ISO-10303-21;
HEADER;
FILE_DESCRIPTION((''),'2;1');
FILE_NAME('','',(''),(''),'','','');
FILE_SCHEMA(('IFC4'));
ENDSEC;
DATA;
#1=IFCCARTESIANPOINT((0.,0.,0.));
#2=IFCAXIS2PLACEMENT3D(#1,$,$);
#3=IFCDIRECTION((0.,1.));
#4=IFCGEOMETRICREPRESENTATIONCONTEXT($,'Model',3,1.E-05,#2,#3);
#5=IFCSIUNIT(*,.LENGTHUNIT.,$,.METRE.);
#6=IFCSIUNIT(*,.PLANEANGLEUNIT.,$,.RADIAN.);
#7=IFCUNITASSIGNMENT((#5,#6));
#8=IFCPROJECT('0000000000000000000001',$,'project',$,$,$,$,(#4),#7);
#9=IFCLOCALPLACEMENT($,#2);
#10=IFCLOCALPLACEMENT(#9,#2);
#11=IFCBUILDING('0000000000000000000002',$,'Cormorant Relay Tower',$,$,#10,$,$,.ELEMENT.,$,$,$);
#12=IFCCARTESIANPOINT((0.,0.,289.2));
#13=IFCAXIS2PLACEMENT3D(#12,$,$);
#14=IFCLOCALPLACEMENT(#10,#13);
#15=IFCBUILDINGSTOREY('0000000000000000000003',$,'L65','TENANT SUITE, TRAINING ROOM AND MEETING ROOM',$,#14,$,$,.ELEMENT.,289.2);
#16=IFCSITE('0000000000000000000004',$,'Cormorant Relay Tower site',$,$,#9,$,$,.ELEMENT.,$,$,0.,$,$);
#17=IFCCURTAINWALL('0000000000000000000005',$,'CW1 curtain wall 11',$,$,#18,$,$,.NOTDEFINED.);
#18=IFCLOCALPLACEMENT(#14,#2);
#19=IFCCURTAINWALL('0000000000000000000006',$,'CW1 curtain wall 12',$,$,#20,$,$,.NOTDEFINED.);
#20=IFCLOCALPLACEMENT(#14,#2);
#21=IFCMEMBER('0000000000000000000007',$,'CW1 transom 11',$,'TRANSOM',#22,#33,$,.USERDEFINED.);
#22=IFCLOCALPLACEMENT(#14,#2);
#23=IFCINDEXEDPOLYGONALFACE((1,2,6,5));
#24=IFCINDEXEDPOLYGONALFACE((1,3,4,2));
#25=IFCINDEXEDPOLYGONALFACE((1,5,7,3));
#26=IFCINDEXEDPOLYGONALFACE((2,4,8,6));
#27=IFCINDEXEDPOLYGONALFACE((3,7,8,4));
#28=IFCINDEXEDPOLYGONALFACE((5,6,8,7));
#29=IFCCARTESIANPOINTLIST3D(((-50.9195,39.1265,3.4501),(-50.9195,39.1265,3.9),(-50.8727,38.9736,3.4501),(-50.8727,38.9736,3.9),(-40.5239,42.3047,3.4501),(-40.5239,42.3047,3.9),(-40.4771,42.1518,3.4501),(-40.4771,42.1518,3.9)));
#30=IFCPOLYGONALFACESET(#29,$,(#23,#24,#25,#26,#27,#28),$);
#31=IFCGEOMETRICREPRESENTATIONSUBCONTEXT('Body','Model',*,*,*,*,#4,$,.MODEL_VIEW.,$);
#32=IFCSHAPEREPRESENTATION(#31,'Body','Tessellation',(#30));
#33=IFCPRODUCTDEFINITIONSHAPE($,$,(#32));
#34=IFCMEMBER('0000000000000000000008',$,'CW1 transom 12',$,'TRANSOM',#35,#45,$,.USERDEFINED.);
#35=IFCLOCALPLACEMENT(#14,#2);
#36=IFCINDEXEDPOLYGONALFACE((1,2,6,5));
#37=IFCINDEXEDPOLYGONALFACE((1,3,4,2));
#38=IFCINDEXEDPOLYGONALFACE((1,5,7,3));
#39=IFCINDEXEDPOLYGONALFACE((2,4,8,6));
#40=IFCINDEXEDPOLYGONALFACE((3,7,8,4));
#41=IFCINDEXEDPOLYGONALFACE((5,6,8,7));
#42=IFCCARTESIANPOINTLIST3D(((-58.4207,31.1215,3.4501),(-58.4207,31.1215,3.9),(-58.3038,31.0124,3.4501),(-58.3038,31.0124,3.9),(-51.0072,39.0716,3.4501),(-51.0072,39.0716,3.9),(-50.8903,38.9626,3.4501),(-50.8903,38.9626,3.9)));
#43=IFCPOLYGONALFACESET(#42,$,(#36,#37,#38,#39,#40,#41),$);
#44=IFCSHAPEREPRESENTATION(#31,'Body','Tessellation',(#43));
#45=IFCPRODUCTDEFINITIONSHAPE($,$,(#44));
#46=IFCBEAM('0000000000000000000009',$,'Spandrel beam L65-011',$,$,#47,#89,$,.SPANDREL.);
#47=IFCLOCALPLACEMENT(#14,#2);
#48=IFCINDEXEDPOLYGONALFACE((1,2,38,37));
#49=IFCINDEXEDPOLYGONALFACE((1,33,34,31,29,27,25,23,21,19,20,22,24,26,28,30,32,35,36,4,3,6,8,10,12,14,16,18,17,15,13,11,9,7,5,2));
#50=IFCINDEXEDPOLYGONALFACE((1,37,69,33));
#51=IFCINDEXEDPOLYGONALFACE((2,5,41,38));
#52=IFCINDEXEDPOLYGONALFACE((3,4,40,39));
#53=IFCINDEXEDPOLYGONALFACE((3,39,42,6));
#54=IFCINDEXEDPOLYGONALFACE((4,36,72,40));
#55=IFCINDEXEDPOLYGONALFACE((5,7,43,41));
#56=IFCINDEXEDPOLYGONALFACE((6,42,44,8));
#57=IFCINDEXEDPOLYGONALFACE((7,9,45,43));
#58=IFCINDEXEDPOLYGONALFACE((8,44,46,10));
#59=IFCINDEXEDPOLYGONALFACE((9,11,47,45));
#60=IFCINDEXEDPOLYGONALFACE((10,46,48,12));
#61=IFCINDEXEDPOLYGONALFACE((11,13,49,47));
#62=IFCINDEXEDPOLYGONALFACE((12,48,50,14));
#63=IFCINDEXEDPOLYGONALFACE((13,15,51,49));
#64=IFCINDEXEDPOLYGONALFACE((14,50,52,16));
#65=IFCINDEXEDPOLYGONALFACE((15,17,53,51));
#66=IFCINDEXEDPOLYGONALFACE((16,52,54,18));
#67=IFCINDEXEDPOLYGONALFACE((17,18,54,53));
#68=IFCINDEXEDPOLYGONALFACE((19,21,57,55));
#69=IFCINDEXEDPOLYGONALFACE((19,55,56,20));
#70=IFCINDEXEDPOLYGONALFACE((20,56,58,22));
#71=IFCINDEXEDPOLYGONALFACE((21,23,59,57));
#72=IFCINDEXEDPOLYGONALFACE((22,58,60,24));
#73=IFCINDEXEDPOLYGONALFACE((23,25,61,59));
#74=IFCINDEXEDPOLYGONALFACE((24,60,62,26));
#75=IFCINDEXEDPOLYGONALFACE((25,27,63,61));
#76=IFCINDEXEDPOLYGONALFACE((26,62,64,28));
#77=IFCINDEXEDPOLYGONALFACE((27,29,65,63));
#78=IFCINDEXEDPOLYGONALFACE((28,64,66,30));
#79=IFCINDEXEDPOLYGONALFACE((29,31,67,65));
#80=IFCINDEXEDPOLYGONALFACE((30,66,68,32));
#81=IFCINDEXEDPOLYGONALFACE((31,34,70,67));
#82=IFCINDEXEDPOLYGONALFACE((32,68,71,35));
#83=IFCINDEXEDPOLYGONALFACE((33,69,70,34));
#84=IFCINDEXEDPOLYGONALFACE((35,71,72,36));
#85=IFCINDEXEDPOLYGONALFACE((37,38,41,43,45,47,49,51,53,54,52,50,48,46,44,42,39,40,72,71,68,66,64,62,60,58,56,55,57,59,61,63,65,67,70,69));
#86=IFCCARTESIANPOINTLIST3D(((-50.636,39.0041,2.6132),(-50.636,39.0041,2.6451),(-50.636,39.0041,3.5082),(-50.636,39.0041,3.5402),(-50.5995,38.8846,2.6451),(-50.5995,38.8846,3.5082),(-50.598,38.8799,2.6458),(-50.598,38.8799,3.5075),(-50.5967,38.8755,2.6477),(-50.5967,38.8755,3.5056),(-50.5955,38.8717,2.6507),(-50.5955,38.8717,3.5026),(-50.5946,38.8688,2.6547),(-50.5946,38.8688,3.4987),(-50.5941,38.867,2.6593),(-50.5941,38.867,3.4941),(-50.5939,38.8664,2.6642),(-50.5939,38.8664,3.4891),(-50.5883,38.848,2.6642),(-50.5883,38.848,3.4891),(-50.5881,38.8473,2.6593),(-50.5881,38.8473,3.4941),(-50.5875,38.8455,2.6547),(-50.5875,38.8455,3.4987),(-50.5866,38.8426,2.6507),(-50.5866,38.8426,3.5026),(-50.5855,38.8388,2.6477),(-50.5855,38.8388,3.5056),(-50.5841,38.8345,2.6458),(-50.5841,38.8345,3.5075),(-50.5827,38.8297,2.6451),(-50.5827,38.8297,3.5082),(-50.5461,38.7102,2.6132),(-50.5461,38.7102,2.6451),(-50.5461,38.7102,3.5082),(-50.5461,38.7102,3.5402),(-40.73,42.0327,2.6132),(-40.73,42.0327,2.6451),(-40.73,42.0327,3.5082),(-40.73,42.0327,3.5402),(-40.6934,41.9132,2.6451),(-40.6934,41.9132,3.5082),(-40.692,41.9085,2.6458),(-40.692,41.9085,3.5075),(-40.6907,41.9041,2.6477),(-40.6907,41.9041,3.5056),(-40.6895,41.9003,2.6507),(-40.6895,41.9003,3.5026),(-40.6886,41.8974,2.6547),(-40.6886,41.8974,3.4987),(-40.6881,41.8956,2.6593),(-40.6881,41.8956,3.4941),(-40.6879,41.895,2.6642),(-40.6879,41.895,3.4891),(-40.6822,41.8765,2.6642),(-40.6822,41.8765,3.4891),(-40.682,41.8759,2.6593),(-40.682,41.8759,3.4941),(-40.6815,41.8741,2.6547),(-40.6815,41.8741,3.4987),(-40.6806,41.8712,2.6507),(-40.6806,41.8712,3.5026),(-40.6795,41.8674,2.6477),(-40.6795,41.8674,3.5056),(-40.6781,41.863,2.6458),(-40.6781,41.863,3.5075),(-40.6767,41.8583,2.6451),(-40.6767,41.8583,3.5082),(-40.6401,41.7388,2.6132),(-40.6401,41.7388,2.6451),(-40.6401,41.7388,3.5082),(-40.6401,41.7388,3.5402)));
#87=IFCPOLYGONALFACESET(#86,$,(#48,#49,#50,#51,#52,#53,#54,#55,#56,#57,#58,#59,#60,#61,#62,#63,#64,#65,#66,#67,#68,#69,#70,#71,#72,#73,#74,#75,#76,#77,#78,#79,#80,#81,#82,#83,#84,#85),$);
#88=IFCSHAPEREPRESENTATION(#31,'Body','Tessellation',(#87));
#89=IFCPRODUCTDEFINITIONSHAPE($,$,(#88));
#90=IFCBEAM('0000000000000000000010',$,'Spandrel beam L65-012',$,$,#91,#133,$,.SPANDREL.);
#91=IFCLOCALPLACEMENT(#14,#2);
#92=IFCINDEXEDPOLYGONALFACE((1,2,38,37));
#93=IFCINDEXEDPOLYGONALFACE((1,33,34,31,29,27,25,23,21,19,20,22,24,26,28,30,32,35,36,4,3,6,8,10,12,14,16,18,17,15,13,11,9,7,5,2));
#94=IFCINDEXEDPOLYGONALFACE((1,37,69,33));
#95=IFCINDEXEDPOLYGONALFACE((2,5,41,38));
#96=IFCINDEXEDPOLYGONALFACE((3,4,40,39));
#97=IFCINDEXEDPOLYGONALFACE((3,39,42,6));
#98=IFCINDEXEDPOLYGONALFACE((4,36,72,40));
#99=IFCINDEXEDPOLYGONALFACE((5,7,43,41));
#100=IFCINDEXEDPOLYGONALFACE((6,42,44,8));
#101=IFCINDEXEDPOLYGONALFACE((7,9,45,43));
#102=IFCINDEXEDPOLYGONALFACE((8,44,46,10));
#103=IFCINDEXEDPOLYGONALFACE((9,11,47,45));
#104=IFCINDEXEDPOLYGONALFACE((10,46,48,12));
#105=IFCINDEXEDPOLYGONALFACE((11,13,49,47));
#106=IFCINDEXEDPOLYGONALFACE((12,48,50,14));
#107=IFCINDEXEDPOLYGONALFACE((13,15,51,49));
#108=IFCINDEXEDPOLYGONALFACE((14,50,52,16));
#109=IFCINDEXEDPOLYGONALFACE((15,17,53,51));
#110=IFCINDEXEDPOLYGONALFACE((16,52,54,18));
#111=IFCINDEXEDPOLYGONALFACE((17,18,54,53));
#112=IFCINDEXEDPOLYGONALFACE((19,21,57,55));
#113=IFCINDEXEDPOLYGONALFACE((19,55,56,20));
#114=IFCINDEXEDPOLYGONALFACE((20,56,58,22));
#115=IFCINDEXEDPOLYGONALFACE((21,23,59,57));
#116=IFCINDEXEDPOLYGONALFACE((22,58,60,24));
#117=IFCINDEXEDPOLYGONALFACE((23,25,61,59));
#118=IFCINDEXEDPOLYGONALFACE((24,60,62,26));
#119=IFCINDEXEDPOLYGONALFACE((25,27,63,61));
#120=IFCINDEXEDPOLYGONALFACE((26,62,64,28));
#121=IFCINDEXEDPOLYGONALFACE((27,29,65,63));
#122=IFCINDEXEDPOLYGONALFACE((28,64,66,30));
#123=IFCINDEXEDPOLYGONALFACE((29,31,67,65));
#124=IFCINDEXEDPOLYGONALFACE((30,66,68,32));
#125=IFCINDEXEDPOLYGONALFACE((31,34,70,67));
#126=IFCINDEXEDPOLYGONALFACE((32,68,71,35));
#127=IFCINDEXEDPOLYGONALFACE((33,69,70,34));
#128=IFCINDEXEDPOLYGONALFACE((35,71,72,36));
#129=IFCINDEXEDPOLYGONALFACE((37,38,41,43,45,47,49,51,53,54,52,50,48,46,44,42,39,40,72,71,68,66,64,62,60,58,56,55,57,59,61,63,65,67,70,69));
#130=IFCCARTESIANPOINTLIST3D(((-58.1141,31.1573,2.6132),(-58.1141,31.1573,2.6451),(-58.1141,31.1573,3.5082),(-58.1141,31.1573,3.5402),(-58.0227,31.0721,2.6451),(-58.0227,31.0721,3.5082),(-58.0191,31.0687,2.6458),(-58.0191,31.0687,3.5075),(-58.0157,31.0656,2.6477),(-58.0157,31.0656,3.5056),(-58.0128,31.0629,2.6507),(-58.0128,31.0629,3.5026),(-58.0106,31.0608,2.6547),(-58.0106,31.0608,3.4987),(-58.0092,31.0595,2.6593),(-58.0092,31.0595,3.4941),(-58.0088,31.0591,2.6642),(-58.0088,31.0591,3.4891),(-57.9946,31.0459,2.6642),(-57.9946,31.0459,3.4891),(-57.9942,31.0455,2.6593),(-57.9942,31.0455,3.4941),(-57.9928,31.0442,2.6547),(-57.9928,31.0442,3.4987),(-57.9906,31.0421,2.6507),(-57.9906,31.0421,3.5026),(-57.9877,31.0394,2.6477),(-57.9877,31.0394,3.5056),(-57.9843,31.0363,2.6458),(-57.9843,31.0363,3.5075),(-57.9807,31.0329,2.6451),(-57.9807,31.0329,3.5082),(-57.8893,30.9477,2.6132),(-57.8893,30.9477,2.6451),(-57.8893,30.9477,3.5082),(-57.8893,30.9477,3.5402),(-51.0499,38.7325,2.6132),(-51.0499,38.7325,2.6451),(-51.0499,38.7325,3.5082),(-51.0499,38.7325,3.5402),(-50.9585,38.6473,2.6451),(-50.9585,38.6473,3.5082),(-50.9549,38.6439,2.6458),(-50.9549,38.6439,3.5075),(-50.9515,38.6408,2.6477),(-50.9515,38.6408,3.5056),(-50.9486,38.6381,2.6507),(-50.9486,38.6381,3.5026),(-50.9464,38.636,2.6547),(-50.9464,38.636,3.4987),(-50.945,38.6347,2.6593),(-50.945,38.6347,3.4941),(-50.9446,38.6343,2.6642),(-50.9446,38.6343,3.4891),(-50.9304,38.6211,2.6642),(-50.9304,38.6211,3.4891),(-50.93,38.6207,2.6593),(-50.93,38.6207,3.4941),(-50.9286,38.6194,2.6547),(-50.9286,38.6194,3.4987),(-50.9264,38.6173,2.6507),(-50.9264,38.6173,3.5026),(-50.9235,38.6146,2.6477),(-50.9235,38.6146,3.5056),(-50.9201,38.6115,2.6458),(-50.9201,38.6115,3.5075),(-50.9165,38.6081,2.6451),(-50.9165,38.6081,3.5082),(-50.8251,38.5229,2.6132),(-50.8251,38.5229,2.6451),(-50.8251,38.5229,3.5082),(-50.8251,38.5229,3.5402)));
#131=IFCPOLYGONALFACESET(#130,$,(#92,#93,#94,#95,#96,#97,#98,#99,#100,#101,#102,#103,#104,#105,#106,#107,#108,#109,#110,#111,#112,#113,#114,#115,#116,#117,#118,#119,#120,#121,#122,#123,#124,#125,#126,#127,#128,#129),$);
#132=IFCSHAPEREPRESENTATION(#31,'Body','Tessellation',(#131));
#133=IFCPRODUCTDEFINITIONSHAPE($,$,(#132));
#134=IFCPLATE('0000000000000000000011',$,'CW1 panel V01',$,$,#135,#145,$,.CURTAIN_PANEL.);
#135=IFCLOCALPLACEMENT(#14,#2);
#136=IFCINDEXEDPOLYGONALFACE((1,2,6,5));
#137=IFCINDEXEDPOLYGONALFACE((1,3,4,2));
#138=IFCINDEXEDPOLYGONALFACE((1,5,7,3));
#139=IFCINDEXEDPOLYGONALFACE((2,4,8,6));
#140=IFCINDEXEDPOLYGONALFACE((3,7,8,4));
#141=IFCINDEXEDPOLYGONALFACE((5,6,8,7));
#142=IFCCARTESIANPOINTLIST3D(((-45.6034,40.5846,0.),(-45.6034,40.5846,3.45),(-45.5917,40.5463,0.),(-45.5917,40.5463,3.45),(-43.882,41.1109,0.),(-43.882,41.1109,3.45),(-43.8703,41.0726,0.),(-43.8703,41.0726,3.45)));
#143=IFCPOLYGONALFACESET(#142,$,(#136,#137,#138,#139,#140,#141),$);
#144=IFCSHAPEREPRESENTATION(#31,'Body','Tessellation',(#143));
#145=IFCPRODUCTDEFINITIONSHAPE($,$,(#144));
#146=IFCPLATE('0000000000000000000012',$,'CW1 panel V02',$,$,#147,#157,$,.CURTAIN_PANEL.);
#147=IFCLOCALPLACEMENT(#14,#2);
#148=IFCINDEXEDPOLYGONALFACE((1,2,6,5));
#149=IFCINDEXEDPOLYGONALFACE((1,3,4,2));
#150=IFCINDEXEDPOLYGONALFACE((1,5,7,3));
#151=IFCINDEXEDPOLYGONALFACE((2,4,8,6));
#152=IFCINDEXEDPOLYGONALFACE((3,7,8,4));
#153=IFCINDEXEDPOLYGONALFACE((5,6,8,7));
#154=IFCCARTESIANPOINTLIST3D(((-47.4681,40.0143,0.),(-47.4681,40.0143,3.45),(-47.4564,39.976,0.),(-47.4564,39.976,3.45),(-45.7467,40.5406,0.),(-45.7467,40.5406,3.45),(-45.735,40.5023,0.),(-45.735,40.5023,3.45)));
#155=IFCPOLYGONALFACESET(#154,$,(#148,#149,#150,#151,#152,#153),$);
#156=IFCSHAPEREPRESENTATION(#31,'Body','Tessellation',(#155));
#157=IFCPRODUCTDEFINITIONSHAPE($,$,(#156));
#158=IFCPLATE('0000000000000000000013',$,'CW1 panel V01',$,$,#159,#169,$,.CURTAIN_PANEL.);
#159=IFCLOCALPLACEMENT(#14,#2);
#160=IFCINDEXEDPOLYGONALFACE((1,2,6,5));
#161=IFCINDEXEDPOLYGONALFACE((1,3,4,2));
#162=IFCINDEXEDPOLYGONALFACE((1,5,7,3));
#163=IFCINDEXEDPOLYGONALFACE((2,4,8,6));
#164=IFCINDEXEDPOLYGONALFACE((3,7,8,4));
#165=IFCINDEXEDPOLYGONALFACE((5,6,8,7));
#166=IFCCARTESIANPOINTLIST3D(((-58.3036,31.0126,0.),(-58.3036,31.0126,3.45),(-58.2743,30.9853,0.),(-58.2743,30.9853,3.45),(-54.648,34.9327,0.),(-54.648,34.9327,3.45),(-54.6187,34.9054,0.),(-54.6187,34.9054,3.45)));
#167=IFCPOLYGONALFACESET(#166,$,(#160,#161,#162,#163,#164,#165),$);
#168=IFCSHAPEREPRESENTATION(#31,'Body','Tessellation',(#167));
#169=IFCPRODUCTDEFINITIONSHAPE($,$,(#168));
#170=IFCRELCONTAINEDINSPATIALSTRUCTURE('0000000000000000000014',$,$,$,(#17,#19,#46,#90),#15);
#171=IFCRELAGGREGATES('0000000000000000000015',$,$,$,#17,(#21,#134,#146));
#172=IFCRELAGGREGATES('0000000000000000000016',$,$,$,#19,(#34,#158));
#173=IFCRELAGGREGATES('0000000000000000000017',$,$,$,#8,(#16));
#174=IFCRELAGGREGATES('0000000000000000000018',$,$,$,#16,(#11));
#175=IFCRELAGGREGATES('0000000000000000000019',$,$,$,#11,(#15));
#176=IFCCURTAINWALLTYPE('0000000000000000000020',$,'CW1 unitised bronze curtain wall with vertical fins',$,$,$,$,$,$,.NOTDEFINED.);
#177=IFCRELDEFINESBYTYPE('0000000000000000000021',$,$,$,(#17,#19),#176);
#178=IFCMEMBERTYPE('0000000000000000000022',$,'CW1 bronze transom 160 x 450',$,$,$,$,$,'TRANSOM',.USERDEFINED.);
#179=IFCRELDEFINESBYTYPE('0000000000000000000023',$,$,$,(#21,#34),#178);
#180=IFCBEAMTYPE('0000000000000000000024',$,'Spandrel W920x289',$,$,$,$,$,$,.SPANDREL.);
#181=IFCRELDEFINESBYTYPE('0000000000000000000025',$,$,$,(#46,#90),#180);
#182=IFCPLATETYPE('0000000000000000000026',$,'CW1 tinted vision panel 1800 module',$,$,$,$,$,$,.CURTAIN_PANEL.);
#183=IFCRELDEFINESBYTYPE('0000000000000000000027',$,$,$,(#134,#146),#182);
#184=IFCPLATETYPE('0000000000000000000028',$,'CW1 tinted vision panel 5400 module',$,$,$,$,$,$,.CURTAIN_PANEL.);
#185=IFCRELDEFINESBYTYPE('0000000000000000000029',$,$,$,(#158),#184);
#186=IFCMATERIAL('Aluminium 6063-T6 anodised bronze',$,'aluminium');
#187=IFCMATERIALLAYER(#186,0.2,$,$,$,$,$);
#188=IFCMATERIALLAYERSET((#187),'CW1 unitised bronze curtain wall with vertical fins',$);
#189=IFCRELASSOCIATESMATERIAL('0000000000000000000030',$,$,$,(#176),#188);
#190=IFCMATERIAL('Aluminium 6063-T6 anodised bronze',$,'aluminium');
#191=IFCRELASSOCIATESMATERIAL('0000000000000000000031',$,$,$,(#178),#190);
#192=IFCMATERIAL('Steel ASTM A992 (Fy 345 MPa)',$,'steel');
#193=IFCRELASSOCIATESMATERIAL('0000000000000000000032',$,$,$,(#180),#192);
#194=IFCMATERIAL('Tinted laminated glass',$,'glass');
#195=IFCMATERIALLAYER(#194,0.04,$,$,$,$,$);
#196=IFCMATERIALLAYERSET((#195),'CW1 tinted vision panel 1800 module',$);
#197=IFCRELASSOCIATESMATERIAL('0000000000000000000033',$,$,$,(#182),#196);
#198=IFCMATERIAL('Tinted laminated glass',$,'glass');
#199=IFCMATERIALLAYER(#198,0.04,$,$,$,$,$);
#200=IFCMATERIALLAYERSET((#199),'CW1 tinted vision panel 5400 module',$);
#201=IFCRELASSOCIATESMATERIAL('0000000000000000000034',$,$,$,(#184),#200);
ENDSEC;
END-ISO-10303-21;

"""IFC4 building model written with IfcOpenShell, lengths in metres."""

from ifc_helpers import new_model, si_unit, direction, frame, origin, origin_2d, place, context, subcontext, project, spatial, rectangle, i_section, extrude, material, layer, layer_set, material_profile, profile_set, type_object, element, aggregate, save


model = new_model("IFC4")

# Units and contexts
model_context = context("Model", 3, precision=1e-05, world=origin(), true_north=direction((0.0, 1.0)))
body_context = subcontext(model_context, "Body", "Model", "MODEL_VIEW")
ifc_project = project(units=[si_unit("LENGTHUNIT", "METRE"), si_unit("PLANEANGLEUNIT", "RADIAN")], contexts=[model_context])

# Site, building, storey
site_placement = place(None, origin())
site = spatial("IfcSite", under=ifc_project, at=site_placement, Name="Cormorant Relay Tower site", CompositionType="ELEMENT", RefElevation=0.0)
building_placement = place(site_placement, origin())
building = spatial("IfcBuilding", under=site, at=building_placement, Name="Cormorant Relay Tower", CompositionType="ELEMENT")
storey_placement = place(building_placement, frame((0.0, 0.0, 289.2)))
storey = spatial("IfcBuildingStorey", under=building, at=storey_placement, Name="L65", Description="TENANT SUITE, TRAINING ROOM AND MEETING ROOM", CompositionType="ELEMENT", Elevation=289.2)

# Curtain walls
ifc_material_1 = material(Name="Aluminium 6063-T6 anodised bronze", Category="aluminium")
ifc_layer_1 = layer(ifc_material_1, 0.2)
ifc_layer_set_1 = layer_set([ifc_layer_1], Name="CW1 unitised bronze curtain wall with vertical fins")
curtain_wall_type = type_object("IfcCurtainWallType", Name="CW1 unitised bronze curtain wall with vertical fins", PredefinedType="NOTDEFINED", material=ifc_layer_set_1)
curtain_wall_1_placement = place(storey_placement, origin())
curtain_wall_1 = element("IfcCurtainWall", 1, at=curtain_wall_1_placement, inside=storey, type_object=curtain_wall_type, Name="CW1 curtain wall 11", PredefinedType="NOTDEFINED")
curtain_wall_2_placement = place(storey_placement, origin())
curtain_wall_2 = element("IfcCurtainWall", 2, at=curtain_wall_2_placement, inside=storey, type_object=curtain_wall_type, Name="CW1 curtain wall 12", PredefinedType="NOTDEFINED")

# Members
ifc_material_2 = material(Name="Aluminium 6063-T6 anodised bronze", Category="aluminium")
ifc_material_profile_1 = material_profile(ifc_material_2, rectangle(XDim=0.1599, YDim=0.45, at=origin_2d()), Name="AL 160x450")
ifc_profile_set_1 = profile_set([ifc_material_profile_1], Name="Aluminium 6063-T6 anodised bronze")
member_type_1 = type_object("IfcMemberType", Name="CW1 bronze transom 160 x 450", ElementType="TRANSOM", PredefinedType="USERDEFINED", material=ifc_profile_set_1)
member_1_placement = place(storey_placement, frame((-40.5005, 42.2283, 3.675), z_axis=(-0.956305, -0.292371, 0.0), x_axis=(0.292371, -0.956305, 0.0)))
member_1 = element("IfcMember", 3, at=member_1_placement, type_object=member_type_1, Name="CW1 transom 11", ObjectType="TRANSOM", PredefinedType="USERDEFINED", context=body_context, shape_type="SweptSolid", body=[
    extrude(rectangle(XDim=0.1599, YDim=0.45, at=origin_2d()), origin(), (0.0, 0.0, 1.0), 10.8706),
])
member_2_placement = place(storey_placement, frame((-50.9487, 39.0171, 3.675), z_axis=(-0.681993, -0.731358, 0.0), x_axis=(0.731358, -0.681993, 0.0)))
member_2 = element("IfcMember", 4, at=member_2_placement, type_object=member_type_1, Name="CW1 transom 12", ObjectType="TRANSOM", PredefinedType="USERDEFINED", context=body_context, shape_type="SweptSolid", body=[
    extrude(rectangle(XDim=0.1599, YDim=0.45, at=origin_2d()), origin(), (0.0, 0.0, 1.0), 10.8704),
])

# Beams
ifc_material_3 = material(Name="Steel ASTM A992 (Fy 345 MPa)", Category="steel")
ifc_material_profile_2 = material_profile(ifc_material_3, i_section(OverallWidth=0.3074, OverallDepth=0.927, WebThickness=0.0193, FlangeThickness=0.032, FilletRadius=0.019, at=origin_2d()), Name="W920x289")
ifc_profile_set_2 = profile_set([ifc_material_profile_2], Name="Steel ASTM A992 (Fy 345 MPa)")
beam_type = type_object("IfcBeamType", Name="Spandrel W920x289", PredefinedType="SPANDREL", material=ifc_profile_set_2)
beam_1_placement = place(storey_placement, frame((-40.6851, 41.8857, 3.0767), z_axis=(-0.956305, -0.292371, 0.0), x_axis=(0.292371, -0.956305, 0.0)))
element("IfcBeam", 5, at=beam_1_placement, inside=storey, type_object=beam_type, Name="Spandrel beam L65-011", PredefinedType="SPANDREL", context=body_context, shape_type="SweptSolid", body=[
    extrude(i_section(OverallWidth=0.3074, OverallDepth=0.927, WebThickness=0.0193, FlangeThickness=0.032, FilletRadius=0.019, at=origin_2d()), origin(), (0.0, 0.0, 1.0), 10.3586),
])
beam_2_placement = place(storey_placement, frame((-50.9375, 38.6277, 3.0767), z_axis=(-0.68201, -0.731343, 0.0), x_axis=(0.731343, -0.68201, 0.0)))
element("IfcBeam", 6, at=beam_2_placement, inside=storey, type_object=beam_type, Name="Spandrel beam L65-012", PredefinedType="SPANDREL", context=body_context, shape_type="SweptSolid", body=[
    extrude(i_section(OverallWidth=0.3074, OverallDepth=0.927, WebThickness=0.0193, FlangeThickness=0.032, FilletRadius=0.019, at=origin_2d()), origin(), (0.0, 0.0, 1.0), 10.3579),
])

# Plates
ifc_material_4 = material(Name="Tinted laminated glass", Category="glass")
ifc_layer_2 = layer(ifc_material_4, 0.04)
ifc_layer_set_2 = layer_set([ifc_layer_2], Name="CW1 tinted vision panel 1800 module")
plate_type_1 = type_object("IfcPlateType", Name="CW1 tinted vision panel 1800 module", PredefinedType="CURTAIN_PANEL", material=ifc_layer_set_2)
plate_1_placement = place(storey_placement, frame((-44.7368, 40.8286, 0.0), z_axis=(0.0, 0.0, 1.0), x_axis=(-0.956305, -0.292372, 0.0)))
plate_1 = element("IfcPlate", 7, at=plate_1_placement, type_object=plate_type_1, Name="CW1 panel V01", PredefinedType="CURTAIN_PANEL", context=body_context, shape_type="SweptSolid", body=[
    extrude(rectangle(XDim=1.8, YDim=0.04, at=origin_2d()), origin(), (0.0, 0.0, 1.0), 3.45),
])
plate_2_placement = place(storey_placement, frame((-46.6016, 40.2583, 0.0), z_axis=(0.0, 0.0, 1.0), x_axis=(-0.956305, -0.292372, 0.0)))
plate_2 = element("IfcPlate", 8, at=plate_2_placement, type_object=plate_type_1, Name="CW1 panel V02", PredefinedType="CURTAIN_PANEL", context=body_context, shape_type="SweptSolid", body=[
    extrude(rectangle(XDim=1.8, YDim=0.04, at=origin_2d()), origin(), (0.0, 0.0, 1.0), 3.45),
])
ifc_material_5 = material(Name="Tinted laminated glass", Category="glass")
ifc_layer_3 = layer(ifc_material_5, 0.04)
ifc_layer_set_3 = layer_set([ifc_layer_3], Name="CW1 tinted vision panel 5400 module")
plate_type_2 = type_object("IfcPlateType", Name="CW1 tinted vision panel 5400 module", PredefinedType="CURTAIN_PANEL", material=ifc_layer_set_3)
plate_3_placement = place(storey_placement, frame((-56.4612, 32.959, 0.0), z_axis=(0.0, 0.0, 1.0), x_axis=(-0.681998, -0.731354, 0.0)))
plate_3 = element("IfcPlate", 9, at=plate_3_placement, type_object=plate_type_2, Name="CW1 panel V01", PredefinedType="CURTAIN_PANEL", context=body_context, shape_type="SweptSolid", body=[
    extrude(rectangle(XDim=5.3601, YDim=0.04, at=origin_2d()), origin(), (0.0, 0.0, 1.0), 3.45),
])

aggregate(curtain_wall_1, [member_1, plate_1, plate_2])
aggregate(curtain_wall_2, [member_2, plate_3])

save(model, "model.ifc")
